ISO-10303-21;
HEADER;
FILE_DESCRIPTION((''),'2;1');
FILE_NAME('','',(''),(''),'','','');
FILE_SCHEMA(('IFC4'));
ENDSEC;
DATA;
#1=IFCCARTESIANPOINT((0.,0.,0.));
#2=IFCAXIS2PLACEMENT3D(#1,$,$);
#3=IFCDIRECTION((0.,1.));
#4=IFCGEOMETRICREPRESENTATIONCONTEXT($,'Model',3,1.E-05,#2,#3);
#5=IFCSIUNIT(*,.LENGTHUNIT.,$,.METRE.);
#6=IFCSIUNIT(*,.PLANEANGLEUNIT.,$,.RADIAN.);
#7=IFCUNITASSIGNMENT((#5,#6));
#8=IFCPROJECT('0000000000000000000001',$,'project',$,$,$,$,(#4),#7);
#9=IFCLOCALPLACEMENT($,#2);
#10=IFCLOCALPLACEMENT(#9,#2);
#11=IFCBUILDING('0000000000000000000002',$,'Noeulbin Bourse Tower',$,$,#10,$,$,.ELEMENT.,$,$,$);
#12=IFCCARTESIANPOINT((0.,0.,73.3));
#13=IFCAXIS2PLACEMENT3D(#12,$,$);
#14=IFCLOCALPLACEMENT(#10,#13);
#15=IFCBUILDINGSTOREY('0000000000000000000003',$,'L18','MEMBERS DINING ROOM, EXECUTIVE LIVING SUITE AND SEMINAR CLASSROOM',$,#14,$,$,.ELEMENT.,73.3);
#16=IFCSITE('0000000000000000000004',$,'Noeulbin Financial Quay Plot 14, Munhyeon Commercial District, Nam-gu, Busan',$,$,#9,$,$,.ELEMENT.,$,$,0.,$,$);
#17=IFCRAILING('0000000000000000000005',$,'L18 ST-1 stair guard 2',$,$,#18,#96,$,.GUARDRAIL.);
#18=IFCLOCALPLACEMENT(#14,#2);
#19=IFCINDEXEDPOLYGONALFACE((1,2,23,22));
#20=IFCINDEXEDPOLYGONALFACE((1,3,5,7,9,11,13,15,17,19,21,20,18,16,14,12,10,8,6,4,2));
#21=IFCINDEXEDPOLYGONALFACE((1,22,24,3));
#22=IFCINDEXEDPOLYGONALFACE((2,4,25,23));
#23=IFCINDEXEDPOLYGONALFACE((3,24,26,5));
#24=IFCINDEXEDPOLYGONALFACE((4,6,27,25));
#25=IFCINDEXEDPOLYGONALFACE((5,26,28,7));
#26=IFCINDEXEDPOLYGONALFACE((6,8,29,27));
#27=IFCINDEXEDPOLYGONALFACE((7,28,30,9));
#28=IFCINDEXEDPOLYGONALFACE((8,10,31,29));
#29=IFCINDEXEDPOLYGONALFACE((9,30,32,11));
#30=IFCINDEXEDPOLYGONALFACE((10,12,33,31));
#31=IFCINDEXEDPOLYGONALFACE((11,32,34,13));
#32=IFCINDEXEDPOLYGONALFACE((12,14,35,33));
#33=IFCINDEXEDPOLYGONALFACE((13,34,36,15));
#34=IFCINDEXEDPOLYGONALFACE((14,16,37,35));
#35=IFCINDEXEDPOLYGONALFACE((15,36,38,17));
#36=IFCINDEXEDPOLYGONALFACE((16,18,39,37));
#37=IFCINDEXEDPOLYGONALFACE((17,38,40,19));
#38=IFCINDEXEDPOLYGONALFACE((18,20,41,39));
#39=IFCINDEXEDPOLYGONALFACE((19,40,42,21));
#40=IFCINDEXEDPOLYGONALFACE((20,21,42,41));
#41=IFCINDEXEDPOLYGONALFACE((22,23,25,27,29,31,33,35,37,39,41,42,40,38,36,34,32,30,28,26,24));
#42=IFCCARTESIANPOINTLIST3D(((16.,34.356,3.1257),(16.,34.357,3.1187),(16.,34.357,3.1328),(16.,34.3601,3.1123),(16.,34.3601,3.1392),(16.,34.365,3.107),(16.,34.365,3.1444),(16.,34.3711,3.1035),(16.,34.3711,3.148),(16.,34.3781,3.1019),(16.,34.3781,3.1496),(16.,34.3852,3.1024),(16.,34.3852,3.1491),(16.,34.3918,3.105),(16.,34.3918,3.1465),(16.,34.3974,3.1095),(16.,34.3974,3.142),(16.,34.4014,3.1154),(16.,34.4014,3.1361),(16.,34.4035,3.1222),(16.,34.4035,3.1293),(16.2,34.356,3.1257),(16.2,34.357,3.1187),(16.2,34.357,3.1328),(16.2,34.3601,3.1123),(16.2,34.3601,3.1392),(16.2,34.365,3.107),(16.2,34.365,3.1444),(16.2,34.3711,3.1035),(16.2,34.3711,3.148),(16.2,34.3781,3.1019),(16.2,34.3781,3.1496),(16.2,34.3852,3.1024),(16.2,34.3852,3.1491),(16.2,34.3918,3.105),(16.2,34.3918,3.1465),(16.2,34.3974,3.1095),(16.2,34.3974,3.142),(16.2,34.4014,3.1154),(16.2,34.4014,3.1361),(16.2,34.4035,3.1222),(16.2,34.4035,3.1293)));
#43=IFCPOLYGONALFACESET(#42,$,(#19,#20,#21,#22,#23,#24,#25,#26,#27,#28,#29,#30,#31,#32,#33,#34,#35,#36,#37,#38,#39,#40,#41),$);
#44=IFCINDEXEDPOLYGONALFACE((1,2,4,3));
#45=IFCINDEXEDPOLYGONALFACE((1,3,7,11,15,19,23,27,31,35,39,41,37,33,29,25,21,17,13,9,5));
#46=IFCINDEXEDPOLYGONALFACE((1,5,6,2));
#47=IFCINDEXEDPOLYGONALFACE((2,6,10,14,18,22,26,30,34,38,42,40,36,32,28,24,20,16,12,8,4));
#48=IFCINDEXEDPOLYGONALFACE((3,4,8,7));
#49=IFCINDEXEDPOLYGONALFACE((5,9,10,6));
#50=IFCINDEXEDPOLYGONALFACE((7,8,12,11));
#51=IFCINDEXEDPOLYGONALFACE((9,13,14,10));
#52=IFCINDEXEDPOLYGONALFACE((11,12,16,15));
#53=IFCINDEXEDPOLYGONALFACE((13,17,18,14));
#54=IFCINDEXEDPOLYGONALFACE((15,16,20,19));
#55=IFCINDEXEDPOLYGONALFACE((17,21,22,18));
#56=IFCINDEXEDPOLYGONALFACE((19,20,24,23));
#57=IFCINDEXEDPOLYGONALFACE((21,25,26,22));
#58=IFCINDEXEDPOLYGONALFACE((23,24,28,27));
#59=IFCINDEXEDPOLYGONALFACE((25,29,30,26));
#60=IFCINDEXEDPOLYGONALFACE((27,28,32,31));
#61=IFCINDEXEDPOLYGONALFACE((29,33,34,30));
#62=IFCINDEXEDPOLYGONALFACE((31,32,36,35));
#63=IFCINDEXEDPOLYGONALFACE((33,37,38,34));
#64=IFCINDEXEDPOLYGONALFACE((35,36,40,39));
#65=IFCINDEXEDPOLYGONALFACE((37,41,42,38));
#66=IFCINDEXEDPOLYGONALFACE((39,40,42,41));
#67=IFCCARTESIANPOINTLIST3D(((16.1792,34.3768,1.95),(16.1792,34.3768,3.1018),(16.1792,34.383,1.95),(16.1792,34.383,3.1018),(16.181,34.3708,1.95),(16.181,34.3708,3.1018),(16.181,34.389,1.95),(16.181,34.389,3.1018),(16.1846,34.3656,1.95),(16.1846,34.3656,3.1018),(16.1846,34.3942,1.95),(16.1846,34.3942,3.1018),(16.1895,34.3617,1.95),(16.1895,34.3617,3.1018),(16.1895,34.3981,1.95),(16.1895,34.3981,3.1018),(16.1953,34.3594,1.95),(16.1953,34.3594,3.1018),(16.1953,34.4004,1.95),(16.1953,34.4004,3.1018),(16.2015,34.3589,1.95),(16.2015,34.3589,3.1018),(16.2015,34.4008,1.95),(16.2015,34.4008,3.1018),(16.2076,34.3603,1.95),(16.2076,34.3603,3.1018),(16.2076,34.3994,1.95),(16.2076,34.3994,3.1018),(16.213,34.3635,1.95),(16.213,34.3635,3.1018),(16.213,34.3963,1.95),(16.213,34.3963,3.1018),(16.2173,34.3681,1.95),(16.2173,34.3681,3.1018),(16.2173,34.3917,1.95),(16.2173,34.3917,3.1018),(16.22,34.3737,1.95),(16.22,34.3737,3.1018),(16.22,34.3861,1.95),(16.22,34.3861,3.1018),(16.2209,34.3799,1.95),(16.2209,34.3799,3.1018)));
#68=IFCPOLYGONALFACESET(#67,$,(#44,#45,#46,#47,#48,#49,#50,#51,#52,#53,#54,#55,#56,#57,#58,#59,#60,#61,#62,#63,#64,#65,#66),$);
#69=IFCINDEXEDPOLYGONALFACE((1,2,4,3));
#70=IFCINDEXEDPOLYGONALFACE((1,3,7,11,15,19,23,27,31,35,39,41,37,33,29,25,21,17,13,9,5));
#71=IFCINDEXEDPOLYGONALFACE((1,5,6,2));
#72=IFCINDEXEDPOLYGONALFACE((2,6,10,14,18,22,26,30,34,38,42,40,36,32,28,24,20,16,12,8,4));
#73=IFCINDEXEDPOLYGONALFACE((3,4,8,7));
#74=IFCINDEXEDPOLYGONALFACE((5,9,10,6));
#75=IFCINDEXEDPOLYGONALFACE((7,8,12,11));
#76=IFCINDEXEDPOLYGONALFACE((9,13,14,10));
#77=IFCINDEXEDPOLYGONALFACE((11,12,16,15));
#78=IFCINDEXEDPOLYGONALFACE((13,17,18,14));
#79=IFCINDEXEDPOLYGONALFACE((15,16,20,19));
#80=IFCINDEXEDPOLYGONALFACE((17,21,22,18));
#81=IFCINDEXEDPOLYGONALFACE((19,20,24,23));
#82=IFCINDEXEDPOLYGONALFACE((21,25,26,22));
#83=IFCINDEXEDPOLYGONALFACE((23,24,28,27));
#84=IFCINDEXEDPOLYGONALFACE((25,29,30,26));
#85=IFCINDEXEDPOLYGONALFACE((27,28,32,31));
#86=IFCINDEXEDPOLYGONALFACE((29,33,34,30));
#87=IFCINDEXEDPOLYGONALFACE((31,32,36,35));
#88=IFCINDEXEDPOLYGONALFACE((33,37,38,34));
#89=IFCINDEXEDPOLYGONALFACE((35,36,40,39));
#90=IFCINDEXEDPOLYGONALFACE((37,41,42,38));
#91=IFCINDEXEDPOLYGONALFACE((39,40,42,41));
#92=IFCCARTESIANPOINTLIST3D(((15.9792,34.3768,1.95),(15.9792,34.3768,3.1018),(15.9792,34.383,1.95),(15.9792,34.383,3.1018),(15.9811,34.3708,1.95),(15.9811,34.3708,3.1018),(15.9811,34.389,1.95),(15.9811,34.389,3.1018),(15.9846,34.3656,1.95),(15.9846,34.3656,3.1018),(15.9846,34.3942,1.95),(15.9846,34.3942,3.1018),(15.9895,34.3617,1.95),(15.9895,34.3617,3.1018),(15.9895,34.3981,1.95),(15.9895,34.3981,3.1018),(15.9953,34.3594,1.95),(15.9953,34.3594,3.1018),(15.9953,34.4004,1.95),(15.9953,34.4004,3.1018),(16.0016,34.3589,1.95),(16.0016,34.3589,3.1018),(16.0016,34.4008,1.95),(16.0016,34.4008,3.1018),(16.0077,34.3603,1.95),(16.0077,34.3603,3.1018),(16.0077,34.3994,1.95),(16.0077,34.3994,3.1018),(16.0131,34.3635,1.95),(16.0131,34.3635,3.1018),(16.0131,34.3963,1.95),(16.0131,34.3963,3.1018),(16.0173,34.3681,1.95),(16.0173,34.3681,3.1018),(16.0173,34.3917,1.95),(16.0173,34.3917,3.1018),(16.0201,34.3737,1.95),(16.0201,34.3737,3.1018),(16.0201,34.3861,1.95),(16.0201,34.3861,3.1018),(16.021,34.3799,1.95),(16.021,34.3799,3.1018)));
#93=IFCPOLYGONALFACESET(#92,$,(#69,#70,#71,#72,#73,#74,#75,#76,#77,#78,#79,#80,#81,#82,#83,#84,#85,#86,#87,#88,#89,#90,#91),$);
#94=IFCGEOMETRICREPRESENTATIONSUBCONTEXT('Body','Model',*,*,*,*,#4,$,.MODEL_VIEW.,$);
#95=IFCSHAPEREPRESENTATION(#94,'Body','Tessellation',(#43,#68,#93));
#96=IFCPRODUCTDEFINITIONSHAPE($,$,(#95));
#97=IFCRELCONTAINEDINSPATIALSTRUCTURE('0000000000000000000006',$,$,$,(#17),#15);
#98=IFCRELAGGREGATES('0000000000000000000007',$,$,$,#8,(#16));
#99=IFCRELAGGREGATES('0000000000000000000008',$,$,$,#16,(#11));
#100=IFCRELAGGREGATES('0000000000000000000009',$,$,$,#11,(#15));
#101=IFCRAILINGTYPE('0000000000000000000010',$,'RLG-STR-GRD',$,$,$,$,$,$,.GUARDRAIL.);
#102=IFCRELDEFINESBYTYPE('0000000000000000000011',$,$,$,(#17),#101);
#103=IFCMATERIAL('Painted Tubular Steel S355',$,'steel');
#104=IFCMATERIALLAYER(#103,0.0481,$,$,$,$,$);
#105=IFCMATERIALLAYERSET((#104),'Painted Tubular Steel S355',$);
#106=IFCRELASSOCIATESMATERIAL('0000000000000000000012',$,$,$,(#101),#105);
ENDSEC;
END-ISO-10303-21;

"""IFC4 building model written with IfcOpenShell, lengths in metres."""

from ifc_helpers import new_model, si_unit, direction, frame, origin, origin_2d, place, context, subcontext, project, spatial, circle, extrude, material, layer, layer_set, type_object, element, save


model = new_model("IFC4")

# Units and contexts
model_context = context("Model", 3, precision=1e-05, world=origin(), true_north=direction((0.0, 1.0)))
body_context = subcontext(model_context, "Body", "Model", "MODEL_VIEW")
ifc_project = project(units=[si_unit("LENGTHUNIT", "METRE"), si_unit("PLANEANGLEUNIT", "RADIAN")], contexts=[model_context])

# Site, building, storey
site_placement = place(None, origin())
site = spatial("IfcSite", under=ifc_project, at=site_placement, Name="Noeulbin Financial Quay Plot 14, Munhyeon Commercial District, Nam-gu, Busan", CompositionType="ELEMENT", RefElevation=0.0)
building_placement = place(site_placement, origin())
building = spatial("IfcBuilding", under=site, at=building_placement, Name="Noeulbin Bourse Tower", CompositionType="ELEMENT")
storey_placement = place(building_placement, frame((0.0, 0.0, 73.3)))
storey = spatial("IfcBuildingStorey", under=building, at=storey_placement, Name="L18", Description="MEMBERS DINING ROOM, EXECUTIVE LIVING SUITE AND SEMINAR CLASSROOM", CompositionType="ELEMENT", Elevation=73.3)

# Railing
ifc_material_1 = material(Name="Painted Tubular Steel S355", Category="steel")
ifc_layer_1 = layer(ifc_material_1, 0.0481)
ifc_layer_set_1 = layer_set([ifc_layer_1], Name="Painted Tubular Steel S355")
railing_type_1 = type_object("IfcRailingType", Name="RLG-STR-GRD", PredefinedType="GUARDRAIL", material=ifc_layer_set_1)
railing_1_placement = place(storey_placement, frame((16.2, 34.3799, 1.95)))
element("IfcRailing", 1, at=railing_1_placement, inside=storey, type_object=railing_type_1, Name="L18 ST-1 stair guard 2", PredefinedType="GUARDRAIL", context=body_context, shape_type="SweptSolid", body=[
    extrude(circle(Radius=0.0239, at=origin_2d()), frame((0.0, 0.0, 1.1758), z_axis=(-1.0, 0.0, 0.0), x_axis=(0.0, -1.0, 0.0)), (0.0, 0.0, 1.0), 0.2),
    extrude(circle(Radius=0.021, at=origin_2d()), origin(), (0.0, 0.0, 1.0), 1.1519),
    extrude(circle(Radius=0.021, at=origin_2d()), frame((-0.2, 0.0, 0.0)), (0.0, 0.0, 1.0), 1.1519),
])

save(model, "model.ifc")
